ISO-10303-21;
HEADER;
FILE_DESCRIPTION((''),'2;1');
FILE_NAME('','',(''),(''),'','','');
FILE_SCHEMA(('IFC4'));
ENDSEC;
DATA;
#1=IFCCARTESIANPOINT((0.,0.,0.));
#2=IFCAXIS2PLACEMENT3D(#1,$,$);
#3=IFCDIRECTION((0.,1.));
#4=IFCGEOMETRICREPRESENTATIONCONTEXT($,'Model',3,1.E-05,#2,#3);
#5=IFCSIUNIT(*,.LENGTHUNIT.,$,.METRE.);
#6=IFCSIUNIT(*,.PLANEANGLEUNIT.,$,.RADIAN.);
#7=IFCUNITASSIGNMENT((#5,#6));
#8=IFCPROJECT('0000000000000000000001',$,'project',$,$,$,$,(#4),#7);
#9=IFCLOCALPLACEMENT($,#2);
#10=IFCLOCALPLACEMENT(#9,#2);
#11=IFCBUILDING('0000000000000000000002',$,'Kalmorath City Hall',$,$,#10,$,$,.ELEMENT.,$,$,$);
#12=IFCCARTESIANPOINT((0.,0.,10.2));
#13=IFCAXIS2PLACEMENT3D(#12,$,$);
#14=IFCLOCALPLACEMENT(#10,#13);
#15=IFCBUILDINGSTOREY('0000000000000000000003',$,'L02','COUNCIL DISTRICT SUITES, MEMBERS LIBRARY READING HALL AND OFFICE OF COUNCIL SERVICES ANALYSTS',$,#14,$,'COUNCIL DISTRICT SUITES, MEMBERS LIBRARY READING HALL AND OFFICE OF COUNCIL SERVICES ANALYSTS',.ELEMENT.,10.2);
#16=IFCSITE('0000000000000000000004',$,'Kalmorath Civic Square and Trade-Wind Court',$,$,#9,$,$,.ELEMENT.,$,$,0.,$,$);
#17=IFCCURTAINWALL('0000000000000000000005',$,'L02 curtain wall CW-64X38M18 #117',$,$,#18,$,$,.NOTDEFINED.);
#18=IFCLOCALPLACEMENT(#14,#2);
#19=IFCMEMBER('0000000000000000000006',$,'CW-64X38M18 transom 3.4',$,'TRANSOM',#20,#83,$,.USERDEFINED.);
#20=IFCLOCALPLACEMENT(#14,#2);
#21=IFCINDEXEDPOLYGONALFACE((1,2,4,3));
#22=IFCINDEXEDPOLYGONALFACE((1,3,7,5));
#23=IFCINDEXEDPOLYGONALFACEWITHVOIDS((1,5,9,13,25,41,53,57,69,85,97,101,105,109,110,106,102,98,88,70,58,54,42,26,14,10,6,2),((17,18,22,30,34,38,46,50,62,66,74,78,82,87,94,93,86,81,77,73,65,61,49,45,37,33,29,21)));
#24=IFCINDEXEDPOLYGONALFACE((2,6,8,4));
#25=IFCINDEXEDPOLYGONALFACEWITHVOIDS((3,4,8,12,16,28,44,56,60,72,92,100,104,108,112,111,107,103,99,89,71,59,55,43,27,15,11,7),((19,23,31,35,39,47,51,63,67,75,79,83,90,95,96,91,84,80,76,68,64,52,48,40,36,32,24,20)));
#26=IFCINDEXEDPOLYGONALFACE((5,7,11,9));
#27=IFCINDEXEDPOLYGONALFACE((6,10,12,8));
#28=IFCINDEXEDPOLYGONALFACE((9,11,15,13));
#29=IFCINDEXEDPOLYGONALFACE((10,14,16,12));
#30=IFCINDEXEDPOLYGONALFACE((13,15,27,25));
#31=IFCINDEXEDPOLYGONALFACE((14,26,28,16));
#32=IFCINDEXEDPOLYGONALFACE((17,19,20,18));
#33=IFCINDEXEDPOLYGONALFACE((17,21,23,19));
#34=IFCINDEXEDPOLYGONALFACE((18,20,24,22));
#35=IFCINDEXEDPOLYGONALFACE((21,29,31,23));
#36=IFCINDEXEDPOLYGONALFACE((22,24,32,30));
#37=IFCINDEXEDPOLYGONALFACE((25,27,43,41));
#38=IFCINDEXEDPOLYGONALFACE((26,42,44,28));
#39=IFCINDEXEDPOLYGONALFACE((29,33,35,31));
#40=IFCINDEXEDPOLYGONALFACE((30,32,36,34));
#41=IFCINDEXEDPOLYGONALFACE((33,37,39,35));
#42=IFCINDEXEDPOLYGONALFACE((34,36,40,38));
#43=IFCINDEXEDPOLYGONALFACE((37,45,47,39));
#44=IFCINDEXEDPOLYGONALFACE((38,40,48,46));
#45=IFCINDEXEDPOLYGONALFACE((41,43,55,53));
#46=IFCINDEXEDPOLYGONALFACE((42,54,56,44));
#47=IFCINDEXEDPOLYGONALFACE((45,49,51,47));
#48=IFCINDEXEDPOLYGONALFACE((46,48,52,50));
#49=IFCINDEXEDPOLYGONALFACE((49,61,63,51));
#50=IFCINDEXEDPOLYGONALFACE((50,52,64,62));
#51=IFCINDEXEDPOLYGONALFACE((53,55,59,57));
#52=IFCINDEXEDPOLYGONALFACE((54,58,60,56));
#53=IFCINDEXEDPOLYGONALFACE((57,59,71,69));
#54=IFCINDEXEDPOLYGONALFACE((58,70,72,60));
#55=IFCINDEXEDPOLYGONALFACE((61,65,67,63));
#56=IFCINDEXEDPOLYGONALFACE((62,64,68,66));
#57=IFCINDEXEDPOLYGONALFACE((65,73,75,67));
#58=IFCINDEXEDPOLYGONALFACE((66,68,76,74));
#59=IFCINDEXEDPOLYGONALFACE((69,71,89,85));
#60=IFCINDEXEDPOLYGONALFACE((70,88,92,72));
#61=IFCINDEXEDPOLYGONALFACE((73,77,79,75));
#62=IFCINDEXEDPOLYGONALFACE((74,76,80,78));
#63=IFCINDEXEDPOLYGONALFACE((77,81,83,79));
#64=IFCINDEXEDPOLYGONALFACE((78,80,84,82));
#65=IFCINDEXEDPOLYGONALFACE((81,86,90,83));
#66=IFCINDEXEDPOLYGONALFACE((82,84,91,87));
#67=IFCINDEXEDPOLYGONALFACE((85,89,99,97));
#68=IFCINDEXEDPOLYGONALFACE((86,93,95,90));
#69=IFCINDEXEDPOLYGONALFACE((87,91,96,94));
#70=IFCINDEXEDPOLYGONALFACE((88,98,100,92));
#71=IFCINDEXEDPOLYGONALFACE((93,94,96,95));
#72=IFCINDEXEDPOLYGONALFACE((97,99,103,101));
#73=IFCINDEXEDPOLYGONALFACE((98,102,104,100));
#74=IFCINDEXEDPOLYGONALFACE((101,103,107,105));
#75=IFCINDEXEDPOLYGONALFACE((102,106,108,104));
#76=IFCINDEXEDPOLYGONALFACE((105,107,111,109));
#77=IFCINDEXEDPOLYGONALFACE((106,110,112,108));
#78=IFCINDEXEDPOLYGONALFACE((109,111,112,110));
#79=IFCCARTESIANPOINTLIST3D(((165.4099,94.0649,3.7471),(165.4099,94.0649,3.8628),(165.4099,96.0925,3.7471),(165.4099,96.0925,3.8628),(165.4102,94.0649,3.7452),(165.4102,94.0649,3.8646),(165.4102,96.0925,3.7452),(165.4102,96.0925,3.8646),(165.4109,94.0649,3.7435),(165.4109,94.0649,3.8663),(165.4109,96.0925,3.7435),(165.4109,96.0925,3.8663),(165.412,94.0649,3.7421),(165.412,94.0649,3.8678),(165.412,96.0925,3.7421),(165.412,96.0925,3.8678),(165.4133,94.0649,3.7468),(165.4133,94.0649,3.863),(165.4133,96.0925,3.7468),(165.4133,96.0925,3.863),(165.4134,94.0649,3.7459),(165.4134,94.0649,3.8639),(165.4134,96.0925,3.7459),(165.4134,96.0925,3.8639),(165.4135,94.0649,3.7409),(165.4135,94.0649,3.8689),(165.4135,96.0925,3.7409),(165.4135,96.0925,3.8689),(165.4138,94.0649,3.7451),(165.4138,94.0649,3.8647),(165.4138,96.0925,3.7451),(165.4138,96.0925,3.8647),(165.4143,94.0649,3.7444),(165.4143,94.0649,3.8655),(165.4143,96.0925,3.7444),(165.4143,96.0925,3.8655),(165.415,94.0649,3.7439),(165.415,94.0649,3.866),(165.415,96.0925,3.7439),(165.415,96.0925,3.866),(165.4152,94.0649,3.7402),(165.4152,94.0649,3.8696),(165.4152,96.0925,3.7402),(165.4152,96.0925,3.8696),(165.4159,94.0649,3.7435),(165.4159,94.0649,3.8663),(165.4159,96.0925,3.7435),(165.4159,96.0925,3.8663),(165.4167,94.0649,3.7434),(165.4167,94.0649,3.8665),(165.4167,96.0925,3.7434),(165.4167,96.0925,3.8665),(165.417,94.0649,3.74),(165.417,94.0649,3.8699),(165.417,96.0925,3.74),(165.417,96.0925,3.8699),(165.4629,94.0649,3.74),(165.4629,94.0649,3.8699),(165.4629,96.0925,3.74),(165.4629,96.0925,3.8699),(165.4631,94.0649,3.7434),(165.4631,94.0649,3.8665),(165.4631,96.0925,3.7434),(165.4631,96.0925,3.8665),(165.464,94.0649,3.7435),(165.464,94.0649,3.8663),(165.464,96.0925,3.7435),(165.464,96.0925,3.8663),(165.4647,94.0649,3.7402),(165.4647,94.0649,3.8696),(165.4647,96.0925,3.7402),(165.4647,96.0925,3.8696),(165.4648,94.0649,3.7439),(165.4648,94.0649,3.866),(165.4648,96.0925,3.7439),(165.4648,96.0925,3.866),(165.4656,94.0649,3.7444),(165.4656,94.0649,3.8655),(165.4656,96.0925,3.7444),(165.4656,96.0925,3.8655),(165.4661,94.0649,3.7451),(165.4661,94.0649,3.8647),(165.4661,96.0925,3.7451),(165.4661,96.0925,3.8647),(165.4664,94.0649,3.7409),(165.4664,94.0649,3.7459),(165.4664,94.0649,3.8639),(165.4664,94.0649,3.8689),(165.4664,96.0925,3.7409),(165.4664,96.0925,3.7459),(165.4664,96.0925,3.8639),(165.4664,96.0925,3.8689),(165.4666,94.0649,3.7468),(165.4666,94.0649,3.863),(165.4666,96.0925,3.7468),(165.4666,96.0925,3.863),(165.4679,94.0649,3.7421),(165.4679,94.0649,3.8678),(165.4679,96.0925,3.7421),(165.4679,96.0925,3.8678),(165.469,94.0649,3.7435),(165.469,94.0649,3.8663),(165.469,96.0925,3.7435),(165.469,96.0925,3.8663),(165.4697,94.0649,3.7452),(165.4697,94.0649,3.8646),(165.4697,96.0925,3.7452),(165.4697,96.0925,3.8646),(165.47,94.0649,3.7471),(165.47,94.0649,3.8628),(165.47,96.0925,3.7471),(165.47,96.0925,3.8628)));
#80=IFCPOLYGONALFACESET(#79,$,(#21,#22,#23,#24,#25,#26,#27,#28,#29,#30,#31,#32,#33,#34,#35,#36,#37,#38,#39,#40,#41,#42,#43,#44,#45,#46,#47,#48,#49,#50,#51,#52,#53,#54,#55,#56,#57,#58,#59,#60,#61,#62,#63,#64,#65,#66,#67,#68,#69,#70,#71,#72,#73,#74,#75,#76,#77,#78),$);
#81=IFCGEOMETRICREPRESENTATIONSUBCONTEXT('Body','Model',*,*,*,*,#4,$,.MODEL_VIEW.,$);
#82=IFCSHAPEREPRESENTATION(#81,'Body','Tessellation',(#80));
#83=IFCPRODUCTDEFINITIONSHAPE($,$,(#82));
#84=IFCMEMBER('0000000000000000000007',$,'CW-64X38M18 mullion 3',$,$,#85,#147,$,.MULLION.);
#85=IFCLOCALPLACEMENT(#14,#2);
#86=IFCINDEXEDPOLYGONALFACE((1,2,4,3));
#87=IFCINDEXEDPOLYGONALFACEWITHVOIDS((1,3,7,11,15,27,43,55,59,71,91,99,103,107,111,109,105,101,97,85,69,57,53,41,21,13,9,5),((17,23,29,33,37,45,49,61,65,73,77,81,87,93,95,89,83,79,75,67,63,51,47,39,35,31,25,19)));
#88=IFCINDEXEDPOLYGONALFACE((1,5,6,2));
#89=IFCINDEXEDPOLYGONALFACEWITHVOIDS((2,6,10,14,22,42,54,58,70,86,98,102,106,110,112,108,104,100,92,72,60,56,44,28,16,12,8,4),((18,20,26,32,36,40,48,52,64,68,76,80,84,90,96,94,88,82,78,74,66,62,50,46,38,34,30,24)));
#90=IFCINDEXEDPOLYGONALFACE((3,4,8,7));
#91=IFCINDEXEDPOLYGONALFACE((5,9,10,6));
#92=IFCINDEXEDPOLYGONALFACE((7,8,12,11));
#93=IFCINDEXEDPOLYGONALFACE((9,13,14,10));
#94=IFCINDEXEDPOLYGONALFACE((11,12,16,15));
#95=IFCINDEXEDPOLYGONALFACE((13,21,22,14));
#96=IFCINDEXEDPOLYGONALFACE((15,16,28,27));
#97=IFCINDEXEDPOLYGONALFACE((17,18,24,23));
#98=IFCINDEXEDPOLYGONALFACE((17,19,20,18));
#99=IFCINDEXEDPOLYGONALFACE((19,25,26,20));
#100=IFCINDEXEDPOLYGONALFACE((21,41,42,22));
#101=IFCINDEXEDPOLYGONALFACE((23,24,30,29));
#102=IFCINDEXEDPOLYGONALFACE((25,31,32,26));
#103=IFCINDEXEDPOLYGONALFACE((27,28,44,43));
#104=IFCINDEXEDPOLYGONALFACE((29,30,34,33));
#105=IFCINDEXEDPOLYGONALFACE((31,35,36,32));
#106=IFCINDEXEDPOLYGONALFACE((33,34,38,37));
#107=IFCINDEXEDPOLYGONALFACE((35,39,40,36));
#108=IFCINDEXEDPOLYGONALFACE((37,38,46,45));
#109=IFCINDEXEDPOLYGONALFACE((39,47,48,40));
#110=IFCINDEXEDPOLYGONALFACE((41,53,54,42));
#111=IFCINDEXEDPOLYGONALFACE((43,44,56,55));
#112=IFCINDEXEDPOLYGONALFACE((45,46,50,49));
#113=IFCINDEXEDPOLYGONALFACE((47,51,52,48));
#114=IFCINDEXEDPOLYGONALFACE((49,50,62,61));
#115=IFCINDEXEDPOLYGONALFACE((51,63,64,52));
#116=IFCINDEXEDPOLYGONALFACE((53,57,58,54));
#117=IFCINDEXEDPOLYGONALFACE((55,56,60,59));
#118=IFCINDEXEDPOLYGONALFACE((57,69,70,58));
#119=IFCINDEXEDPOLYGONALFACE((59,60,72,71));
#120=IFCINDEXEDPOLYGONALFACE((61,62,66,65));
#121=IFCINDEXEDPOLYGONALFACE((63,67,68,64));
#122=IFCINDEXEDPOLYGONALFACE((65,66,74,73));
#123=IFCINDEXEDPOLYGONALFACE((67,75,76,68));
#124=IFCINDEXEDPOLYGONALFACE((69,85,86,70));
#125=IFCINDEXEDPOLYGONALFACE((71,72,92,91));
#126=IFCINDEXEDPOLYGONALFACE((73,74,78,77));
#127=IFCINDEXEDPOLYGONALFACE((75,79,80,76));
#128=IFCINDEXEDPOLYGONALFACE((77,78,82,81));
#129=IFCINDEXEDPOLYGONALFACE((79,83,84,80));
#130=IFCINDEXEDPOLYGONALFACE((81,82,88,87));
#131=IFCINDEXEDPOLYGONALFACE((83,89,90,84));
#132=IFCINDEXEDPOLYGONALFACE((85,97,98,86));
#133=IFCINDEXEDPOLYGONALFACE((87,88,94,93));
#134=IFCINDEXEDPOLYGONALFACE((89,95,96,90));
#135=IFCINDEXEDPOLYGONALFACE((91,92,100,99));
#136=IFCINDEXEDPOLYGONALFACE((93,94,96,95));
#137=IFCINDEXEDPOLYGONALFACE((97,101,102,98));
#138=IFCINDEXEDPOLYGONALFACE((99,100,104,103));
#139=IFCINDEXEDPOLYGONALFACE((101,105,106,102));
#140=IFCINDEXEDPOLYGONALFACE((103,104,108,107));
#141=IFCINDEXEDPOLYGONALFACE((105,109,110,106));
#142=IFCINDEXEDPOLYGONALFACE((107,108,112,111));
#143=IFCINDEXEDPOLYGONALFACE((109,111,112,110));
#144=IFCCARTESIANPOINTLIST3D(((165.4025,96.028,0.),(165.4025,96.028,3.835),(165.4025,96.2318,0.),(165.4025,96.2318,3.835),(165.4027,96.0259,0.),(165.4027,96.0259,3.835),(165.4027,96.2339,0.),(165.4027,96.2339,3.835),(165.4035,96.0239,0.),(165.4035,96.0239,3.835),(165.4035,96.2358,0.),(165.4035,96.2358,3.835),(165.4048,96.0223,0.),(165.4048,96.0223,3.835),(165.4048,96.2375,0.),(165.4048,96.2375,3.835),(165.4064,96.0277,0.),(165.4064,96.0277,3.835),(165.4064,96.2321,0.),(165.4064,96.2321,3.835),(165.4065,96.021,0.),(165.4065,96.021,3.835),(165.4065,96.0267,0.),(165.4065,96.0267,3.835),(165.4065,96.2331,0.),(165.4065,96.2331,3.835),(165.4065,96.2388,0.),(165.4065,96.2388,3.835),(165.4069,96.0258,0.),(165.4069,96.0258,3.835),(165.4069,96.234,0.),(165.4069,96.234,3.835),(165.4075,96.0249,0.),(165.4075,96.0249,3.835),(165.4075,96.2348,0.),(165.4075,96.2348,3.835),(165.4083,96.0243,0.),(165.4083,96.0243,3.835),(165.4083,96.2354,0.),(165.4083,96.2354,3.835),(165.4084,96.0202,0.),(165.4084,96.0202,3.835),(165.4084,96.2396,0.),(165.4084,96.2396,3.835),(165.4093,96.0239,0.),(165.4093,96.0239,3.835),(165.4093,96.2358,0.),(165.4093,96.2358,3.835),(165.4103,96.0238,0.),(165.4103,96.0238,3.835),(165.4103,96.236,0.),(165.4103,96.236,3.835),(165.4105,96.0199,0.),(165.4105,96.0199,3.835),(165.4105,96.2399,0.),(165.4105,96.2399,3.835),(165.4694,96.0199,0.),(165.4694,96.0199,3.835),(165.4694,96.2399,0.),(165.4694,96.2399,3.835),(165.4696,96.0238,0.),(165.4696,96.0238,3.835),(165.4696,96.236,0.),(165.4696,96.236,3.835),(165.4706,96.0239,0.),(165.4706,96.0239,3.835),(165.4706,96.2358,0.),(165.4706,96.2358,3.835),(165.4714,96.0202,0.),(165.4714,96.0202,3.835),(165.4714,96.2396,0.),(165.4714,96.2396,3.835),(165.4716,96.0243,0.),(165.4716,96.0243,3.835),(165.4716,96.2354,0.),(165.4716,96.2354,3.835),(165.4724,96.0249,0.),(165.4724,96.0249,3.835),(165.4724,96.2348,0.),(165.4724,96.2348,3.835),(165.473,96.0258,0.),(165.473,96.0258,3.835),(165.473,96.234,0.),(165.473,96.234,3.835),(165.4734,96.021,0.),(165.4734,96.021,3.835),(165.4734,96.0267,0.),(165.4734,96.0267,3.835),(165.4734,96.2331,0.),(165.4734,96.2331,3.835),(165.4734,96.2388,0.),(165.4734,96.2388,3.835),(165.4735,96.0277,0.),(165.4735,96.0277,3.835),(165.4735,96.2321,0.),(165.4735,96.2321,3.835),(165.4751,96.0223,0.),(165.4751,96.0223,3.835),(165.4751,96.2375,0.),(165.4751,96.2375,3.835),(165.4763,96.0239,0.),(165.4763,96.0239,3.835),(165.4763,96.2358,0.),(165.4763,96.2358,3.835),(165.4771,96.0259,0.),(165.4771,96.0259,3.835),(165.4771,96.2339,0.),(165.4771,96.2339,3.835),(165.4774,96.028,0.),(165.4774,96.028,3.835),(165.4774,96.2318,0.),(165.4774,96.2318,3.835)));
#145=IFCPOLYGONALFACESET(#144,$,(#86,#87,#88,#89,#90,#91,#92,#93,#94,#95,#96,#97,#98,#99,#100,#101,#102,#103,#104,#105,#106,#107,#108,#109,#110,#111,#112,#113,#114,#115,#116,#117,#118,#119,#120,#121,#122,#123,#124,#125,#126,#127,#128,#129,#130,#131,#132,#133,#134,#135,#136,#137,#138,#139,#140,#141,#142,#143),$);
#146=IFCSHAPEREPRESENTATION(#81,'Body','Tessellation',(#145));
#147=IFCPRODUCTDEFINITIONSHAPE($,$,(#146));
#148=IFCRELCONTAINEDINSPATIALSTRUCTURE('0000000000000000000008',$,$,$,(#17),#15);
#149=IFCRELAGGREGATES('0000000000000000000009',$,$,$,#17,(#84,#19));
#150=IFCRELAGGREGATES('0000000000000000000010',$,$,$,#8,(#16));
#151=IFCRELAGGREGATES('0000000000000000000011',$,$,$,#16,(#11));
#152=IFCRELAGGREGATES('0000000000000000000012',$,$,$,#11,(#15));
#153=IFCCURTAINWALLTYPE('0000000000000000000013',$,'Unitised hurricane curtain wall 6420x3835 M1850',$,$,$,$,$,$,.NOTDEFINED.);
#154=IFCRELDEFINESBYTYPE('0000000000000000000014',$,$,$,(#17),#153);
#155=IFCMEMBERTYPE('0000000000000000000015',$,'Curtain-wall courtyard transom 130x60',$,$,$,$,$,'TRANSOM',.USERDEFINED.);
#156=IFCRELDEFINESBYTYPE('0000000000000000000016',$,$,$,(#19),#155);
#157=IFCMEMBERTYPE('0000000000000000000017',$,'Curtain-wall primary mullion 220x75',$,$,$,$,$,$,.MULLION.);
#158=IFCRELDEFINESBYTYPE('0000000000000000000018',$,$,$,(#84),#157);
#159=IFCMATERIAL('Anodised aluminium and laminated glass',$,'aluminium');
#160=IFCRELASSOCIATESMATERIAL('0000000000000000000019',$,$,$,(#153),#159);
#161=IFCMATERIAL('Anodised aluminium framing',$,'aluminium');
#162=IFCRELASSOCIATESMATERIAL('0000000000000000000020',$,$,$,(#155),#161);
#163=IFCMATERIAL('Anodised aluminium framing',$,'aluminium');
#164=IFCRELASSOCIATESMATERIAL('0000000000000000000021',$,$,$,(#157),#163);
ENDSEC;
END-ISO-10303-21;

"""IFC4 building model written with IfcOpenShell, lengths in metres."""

from ifc_helpers import new_model, si_unit, direction, frame, origin, origin_2d, place, context, subcontext, project, spatial, hollow_rectangle, extrude, material, material_profile, profile_set, type_object, element, aggregate, save


model = new_model("IFC4")

# Units and contexts
model_context = context("Model", 3, precision=1e-05, world=origin(), true_north=direction((0.0, 1.0)))
body_context = subcontext(model_context, "Body", "Model", "MODEL_VIEW")
ifc_project = project(units=[si_unit("LENGTHUNIT", "METRE"), si_unit("PLANEANGLEUNIT", "RADIAN")], contexts=[model_context])

# Site, building, storey
site_placement = place(None, origin())
site = spatial("IfcSite", under=ifc_project, at=site_placement, Name="Kalmorath Civic Square and Trade-Wind Court", CompositionType="ELEMENT", RefElevation=0.0)
building_placement = place(site_placement, origin())
building = spatial("IfcBuilding", under=site, at=building_placement, Name="Kalmorath City Hall", CompositionType="ELEMENT")
storey_placement = place(building_placement, frame((0.0, 0.0, 10.2)))
storey = spatial("IfcBuildingStorey", under=building, at=storey_placement, Name="L02", Description="COUNCIL DISTRICT SUITES, MEMBERS LIBRARY READING HALL AND OFFICE OF COUNCIL SERVICES ANALYSTS", LongName="COUNCIL DISTRICT SUITES, MEMBERS LIBRARY READING HALL AND OFFICE OF COUNCIL SERVICES ANALYSTS", CompositionType="ELEMENT", Elevation=10.2)

# Curtain wall, members
ifc_material_1 = material(Name="Anodised aluminium and laminated glass", Category="aluminium")
curtain_wall_type = type_object("IfcCurtainWallType", Name="Unitised hurricane curtain wall 6420x3835 M1850", PredefinedType="NOTDEFINED", material=ifc_material_1)
curtain_wall_placement = place(storey_placement, origin())
curtain_wall = element("IfcCurtainWall", 1, at=curtain_wall_placement, inside=storey, type_object=curtain_wall_type, Name="L02 curtain wall CW-64X38M18 #117", PredefinedType="NOTDEFINED")
ifc_material_2 = material(Name="Anodised aluminium framing", Category="aluminium")
ifc_material_profile_1 = material_profile(ifc_material_2, hollow_rectangle(XDim=0.0601, YDim=0.1299, WallThickness=0.0034, InnerFilletRadius=0.0034, OuterFilletRadius=0.0071, at=origin_2d()), Name="ALU-TRN-130X60X3.5")
ifc_profile_set_1 = profile_set([ifc_material_profile_1], Name="Anodised aluminium framing")
member_type_1 = type_object("IfcMemberType", Name="Curtain-wall courtyard transom 130x60", ElementType="TRANSOM", PredefinedType="USERDEFINED", material=ifc_profile_set_1)
member_1_placement = place(storey_placement, frame((165.4399, 96.0925, 3.8049), z_axis=(0.0, -1.0, 0.0), x_axis=(1.0, 0.0, 0.0)))
member_1 = element("IfcMember", 2, at=member_1_placement, type_object=member_type_1, Name="CW-64X38M18 transom 3.4", ObjectType="TRANSOM", PredefinedType="USERDEFINED", context=body_context, shape_type="SweptSolid", body=[
    extrude(hollow_rectangle(XDim=0.0601, YDim=0.1299, WallThickness=0.0034, InnerFilletRadius=0.0034, OuterFilletRadius=0.0071, at=origin_2d()), origin(), (0.0, 0.0, 1.0), 2.0276),
])
ifc_material_3 = material(Name="Anodised aluminium framing", Category="aluminium")
ifc_material_profile_2 = material_profile(ifc_material_3, hollow_rectangle(XDim=0.075, YDim=0.22, WallThickness=0.0039, InnerFilletRadius=0.0039, OuterFilletRadius=0.0081, at=origin_2d()), Name="ALU-MUL-220X75X4")
ifc_profile_set_2 = profile_set([ifc_material_profile_2], Name="Anodised aluminium framing")
member_type_2 = type_object("IfcMemberType", Name="Curtain-wall primary mullion 220x75", PredefinedType="MULLION", material=ifc_profile_set_2)
member_2_placement = place(storey_placement, frame((165.4399, 96.1299, 0.0), z_axis=(0.0, 0.0, 1.0), x_axis=(1.0, 0.0, 0.0)))
member_2 = element("IfcMember", 3, at=member_2_placement, type_object=member_type_2, Name="CW-64X38M18 mullion 3", PredefinedType="MULLION", context=body_context, shape_type="SweptSolid", body=[
    extrude(hollow_rectangle(XDim=0.075, YDim=0.22, WallThickness=0.0039, InnerFilletRadius=0.0039, OuterFilletRadius=0.0081, at=origin_2d()), origin(), (0.0, 0.0, 1.0), 3.835),
])

aggregate(curtain_wall, [member_2, member_1])

save(model, "model.ifc")
